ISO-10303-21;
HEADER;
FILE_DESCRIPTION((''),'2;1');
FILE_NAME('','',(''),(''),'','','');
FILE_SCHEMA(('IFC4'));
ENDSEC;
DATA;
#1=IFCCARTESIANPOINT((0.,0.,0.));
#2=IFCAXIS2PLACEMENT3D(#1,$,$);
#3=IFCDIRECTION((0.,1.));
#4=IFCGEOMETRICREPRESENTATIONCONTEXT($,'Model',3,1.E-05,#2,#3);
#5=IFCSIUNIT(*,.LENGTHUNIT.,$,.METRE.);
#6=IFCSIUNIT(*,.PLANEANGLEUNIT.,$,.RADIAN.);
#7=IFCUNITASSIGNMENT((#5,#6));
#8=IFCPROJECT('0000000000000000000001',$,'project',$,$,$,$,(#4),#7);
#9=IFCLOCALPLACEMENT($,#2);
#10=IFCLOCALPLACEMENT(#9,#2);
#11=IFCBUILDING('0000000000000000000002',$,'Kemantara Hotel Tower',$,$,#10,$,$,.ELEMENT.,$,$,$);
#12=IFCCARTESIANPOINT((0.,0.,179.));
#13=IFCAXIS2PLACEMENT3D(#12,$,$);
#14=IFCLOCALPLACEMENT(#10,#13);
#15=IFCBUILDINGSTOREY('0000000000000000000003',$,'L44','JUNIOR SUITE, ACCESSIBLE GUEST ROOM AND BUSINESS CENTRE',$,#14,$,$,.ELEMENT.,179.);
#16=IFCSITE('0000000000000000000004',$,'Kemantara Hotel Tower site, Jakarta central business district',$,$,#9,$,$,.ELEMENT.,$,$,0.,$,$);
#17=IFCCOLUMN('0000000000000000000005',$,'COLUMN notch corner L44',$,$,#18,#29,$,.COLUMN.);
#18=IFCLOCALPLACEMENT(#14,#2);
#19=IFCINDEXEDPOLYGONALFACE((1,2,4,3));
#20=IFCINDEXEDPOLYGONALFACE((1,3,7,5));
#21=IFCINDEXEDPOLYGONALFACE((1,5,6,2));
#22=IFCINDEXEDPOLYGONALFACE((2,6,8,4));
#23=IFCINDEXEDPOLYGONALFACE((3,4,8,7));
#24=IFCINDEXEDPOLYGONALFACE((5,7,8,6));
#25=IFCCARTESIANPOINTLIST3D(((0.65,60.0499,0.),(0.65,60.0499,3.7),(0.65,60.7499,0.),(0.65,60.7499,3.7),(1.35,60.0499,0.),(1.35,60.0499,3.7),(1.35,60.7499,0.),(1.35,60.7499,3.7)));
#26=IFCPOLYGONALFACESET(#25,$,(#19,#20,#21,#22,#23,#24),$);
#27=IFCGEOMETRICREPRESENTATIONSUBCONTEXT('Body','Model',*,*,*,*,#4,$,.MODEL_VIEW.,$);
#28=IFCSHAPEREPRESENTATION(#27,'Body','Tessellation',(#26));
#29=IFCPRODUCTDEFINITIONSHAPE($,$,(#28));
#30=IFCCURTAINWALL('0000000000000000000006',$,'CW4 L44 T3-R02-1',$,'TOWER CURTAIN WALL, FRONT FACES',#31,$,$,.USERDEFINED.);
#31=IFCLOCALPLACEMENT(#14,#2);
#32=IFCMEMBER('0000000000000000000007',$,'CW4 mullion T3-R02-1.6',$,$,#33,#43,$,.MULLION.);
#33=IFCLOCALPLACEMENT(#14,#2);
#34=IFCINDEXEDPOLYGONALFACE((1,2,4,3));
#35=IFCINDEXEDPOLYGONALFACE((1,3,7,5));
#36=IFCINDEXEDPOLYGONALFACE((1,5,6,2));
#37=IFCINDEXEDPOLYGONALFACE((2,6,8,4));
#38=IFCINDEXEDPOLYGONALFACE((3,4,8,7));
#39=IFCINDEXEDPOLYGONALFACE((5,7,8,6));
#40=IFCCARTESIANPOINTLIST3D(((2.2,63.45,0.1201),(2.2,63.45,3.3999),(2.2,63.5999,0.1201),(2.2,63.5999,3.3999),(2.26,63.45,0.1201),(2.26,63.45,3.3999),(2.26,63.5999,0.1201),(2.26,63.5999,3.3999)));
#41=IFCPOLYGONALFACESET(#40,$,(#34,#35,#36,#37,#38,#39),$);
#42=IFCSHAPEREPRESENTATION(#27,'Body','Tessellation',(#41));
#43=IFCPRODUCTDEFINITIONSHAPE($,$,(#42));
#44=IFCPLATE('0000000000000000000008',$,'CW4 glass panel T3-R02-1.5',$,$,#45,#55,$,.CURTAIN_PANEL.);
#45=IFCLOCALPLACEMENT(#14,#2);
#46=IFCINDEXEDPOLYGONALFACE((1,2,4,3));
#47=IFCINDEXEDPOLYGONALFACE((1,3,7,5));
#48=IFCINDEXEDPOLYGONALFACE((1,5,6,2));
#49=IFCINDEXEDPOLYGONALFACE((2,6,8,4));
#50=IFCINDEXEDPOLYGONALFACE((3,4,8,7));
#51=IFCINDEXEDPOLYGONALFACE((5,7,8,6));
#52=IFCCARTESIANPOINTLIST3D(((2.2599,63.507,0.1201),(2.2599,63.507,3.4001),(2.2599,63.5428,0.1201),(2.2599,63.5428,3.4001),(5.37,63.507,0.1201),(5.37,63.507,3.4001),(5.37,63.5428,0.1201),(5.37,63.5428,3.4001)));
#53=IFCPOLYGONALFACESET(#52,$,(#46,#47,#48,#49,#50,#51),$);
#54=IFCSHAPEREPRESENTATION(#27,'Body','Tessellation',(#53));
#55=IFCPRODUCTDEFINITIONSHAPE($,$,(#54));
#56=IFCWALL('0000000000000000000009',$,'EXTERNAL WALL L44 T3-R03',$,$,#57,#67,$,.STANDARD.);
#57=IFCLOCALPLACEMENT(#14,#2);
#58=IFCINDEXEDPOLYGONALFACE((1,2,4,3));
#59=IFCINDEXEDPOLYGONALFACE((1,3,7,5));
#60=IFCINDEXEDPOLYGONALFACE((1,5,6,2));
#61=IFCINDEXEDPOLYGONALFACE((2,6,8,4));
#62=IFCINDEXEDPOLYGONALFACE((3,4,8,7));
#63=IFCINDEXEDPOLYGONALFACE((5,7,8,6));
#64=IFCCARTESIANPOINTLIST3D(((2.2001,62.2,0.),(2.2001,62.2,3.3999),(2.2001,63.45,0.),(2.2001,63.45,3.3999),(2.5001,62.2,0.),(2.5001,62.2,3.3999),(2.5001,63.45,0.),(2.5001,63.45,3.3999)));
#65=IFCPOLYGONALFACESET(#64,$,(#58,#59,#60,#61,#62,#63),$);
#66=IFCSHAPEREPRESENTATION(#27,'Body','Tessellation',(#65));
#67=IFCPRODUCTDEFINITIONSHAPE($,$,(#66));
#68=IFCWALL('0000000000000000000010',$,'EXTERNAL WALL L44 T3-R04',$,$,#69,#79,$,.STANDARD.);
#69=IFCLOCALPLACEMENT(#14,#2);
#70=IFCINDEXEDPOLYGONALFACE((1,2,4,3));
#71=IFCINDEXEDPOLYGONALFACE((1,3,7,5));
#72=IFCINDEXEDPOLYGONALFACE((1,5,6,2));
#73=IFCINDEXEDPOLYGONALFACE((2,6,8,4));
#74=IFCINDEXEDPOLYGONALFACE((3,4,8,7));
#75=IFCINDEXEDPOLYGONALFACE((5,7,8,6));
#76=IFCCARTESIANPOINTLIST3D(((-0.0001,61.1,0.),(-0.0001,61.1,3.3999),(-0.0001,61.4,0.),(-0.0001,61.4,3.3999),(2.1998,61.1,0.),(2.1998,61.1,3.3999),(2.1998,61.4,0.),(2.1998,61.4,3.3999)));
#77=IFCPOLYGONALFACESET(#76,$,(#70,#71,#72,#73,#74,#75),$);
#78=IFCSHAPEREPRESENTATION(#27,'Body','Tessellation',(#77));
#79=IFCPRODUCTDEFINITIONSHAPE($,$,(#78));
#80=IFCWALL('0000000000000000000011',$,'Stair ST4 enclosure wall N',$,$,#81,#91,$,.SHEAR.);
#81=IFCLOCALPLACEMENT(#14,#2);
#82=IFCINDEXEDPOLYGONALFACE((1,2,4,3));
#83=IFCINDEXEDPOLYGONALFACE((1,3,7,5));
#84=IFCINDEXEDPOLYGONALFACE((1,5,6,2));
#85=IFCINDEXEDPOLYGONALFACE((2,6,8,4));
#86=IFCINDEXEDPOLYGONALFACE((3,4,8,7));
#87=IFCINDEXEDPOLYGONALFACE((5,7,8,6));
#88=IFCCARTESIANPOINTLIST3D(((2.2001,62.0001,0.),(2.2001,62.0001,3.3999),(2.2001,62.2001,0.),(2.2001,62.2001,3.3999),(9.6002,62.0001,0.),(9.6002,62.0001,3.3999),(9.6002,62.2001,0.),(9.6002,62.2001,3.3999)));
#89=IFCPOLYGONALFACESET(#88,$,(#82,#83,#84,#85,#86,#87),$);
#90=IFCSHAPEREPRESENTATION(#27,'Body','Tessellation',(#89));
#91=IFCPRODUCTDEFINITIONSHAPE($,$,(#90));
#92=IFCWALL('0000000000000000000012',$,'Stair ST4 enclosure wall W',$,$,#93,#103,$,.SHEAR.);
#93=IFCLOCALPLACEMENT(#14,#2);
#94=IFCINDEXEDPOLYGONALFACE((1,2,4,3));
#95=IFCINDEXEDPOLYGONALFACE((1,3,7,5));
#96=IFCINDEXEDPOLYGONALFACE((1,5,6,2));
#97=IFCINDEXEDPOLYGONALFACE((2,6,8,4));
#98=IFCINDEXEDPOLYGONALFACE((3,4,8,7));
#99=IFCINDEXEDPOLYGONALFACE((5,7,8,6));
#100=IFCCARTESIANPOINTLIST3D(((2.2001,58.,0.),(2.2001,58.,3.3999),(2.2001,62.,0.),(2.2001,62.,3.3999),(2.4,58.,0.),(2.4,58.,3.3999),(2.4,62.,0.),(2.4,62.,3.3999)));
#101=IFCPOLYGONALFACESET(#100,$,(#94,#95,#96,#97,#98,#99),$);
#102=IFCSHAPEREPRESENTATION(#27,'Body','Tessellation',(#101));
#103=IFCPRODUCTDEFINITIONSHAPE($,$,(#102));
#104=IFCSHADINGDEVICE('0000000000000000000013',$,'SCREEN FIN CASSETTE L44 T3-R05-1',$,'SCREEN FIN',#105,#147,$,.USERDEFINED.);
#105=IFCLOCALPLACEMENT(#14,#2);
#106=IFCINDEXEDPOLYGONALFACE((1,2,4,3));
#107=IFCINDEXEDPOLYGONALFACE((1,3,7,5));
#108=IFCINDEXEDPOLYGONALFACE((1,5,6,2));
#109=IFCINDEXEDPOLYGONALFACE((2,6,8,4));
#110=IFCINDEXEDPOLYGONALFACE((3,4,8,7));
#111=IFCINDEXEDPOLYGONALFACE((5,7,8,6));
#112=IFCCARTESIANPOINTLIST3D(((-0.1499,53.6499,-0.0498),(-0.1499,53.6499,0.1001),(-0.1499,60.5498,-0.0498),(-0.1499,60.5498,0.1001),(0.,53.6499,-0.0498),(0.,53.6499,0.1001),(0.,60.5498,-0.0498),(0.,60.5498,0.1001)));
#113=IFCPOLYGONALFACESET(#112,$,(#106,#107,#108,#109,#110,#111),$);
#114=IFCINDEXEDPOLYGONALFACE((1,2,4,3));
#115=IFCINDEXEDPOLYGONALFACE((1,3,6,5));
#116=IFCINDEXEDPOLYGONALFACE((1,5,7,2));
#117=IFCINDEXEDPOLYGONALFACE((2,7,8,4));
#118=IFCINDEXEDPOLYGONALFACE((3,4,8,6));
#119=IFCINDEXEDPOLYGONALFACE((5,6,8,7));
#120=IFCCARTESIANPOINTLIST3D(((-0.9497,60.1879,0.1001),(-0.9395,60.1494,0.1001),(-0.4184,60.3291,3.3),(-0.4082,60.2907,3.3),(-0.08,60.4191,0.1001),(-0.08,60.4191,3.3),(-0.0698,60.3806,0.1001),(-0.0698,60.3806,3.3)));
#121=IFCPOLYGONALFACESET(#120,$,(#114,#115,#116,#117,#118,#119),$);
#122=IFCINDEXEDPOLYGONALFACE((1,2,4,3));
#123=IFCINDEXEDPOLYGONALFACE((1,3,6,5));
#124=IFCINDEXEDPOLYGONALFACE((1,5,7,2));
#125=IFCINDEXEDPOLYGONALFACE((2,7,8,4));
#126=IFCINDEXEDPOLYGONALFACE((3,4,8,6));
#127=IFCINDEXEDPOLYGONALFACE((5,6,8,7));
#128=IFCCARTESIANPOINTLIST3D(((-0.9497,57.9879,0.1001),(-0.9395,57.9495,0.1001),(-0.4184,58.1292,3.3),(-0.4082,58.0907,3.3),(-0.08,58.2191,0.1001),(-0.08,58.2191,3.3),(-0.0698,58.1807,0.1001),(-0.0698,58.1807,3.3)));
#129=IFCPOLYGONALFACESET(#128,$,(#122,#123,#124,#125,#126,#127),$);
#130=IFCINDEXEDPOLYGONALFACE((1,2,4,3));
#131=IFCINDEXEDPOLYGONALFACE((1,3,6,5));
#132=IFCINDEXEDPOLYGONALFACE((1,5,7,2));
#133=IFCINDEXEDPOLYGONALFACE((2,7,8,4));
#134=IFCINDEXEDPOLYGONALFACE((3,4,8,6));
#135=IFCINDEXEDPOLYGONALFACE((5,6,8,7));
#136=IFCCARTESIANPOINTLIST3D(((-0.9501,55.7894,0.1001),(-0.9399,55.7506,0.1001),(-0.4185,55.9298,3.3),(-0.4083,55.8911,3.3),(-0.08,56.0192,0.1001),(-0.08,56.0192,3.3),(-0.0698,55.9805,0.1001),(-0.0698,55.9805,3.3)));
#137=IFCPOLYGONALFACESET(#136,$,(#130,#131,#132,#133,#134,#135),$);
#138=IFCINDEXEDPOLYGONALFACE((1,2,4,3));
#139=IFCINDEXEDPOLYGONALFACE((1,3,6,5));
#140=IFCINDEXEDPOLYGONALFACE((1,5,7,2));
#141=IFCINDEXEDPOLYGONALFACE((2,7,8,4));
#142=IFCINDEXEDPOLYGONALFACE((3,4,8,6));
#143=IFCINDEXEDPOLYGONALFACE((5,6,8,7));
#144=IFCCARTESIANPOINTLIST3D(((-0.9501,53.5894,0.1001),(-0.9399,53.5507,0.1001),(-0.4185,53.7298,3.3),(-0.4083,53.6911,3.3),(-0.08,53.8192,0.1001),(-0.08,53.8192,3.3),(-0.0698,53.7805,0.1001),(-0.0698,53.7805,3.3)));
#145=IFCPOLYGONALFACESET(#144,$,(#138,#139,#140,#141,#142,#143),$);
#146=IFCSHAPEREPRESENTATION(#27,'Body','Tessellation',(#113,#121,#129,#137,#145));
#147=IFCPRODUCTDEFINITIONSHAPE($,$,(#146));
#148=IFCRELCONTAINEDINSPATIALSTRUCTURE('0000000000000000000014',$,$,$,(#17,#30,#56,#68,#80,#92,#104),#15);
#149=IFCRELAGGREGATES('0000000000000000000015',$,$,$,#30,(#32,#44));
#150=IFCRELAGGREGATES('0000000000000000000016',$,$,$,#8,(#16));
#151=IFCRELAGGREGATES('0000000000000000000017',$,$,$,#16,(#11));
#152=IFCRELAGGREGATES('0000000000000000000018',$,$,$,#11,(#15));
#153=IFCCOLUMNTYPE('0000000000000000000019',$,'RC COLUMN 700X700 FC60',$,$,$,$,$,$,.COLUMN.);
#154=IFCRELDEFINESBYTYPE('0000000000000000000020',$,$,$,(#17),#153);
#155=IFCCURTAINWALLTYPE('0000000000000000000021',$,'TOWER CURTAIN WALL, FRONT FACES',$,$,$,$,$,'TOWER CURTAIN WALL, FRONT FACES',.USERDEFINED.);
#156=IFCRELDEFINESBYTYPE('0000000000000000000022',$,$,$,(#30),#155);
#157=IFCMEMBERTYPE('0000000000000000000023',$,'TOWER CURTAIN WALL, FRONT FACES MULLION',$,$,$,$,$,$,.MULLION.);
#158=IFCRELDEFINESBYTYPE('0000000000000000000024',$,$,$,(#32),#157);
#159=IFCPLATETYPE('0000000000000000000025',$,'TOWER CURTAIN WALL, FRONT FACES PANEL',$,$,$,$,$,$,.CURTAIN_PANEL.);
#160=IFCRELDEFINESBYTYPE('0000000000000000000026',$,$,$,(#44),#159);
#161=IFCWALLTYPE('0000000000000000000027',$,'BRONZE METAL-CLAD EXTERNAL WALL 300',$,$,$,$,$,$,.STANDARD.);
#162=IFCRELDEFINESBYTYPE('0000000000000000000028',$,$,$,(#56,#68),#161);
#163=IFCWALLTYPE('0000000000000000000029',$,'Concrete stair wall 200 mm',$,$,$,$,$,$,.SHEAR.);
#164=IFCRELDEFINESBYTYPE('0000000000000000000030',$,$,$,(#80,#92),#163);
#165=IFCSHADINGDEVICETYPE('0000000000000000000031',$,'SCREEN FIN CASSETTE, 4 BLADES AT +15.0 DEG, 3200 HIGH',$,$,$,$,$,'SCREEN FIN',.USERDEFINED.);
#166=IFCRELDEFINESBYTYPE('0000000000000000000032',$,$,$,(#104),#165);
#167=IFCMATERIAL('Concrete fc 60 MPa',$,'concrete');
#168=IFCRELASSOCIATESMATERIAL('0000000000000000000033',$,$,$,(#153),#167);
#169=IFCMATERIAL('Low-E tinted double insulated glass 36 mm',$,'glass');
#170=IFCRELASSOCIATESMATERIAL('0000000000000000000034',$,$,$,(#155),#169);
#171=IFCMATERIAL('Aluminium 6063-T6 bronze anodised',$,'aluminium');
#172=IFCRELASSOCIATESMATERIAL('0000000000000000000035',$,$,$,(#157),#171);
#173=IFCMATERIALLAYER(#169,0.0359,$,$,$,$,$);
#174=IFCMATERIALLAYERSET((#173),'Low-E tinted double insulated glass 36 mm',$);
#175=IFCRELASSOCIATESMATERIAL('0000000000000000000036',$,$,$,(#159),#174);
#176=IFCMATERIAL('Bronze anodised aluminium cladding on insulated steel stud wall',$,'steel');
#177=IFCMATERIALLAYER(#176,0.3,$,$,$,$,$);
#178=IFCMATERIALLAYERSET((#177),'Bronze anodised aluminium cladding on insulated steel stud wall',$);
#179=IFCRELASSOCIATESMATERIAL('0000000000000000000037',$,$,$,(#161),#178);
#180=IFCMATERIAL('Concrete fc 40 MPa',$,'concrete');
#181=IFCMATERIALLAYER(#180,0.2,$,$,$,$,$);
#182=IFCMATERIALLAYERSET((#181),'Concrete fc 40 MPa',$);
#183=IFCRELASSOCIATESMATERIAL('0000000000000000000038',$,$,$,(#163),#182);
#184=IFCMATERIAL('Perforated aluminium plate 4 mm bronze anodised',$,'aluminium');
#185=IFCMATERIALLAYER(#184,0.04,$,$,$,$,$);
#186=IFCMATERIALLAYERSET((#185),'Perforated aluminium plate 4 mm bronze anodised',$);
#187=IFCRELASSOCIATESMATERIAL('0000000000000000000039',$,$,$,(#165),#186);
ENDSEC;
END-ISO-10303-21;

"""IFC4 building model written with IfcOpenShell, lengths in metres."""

from ifc_helpers import new_model, si_unit, direction, frame, frame_2d, origin, origin_2d, place, context, subcontext, project, spatial, polyline, rectangle, outline, extrude, source, transform, mapped, material, layer, layer_set, material_profile, profile_set, type_object, element, aggregate, save


model = new_model("IFC4")

# Units and contexts
model_context = context("Model", 3, precision=1e-05, world=origin(), true_north=direction((0.0, 1.0)))
body_context = subcontext(model_context, "Body", "Model", "MODEL_VIEW")
ifc_project = project(units=[si_unit("LENGTHUNIT", "METRE"), si_unit("PLANEANGLEUNIT", "RADIAN")], contexts=[model_context])

# Site, building, storey
site_placement = place(None, origin())
site = spatial("IfcSite", under=ifc_project, at=site_placement, Name="Kemantara Hotel Tower site, Jakarta central business district", CompositionType="ELEMENT", RefElevation=0.0)
building_placement = place(site_placement, origin())
building = spatial("IfcBuilding", under=site, at=building_placement, Name="Kemantara Hotel Tower", CompositionType="ELEMENT")
storey_placement = place(building_placement, frame((0.0, 0.0, 179.0)))
storey = spatial("IfcBuildingStorey", under=building, at=storey_placement, Name="L44", Description="JUNIOR SUITE, ACCESSIBLE GUEST ROOM AND BUSINESS CENTRE", CompositionType="ELEMENT", Elevation=179.0)

# Column
ifc_material_1 = material(Name="Concrete fc 60 MPa", Category="concrete")
ifc_material_profile_1 = material_profile(ifc_material_1, rectangle(XDim=0.7, YDim=0.7, at=origin_2d()), Name="RC 700X700")
ifc_profile_set_1 = profile_set([ifc_material_profile_1], Name="Concrete fc 60 MPa")
column_type = type_object("IfcColumnType", Name="RC COLUMN 700X700 FC60", PredefinedType="COLUMN", material=ifc_profile_set_1)
column_placement = place(storey_placement, frame((1.0, 60.3999, 0.0), z_axis=(0.0, 0.0, 1.0), x_axis=(1.0, 0.0, 0.0)))
element("IfcColumn", 1, at=column_placement, inside=storey, type_object=column_type, Name="COLUMN notch corner L44", PredefinedType="COLUMN", context=body_context, shape_type="SweptSolid", body=[
    extrude(rectangle(XDim=0.7, YDim=0.7, at=origin_2d()), origin(), (0.0, 0.0, 1.0), 3.7),
])

# Curtain wall, member, plate
ifc_material_2 = material(Name="Low-E tinted double insulated glass 36 mm", Category="glass")
curtain_wall_type = type_object("IfcCurtainWallType", Name="TOWER CURTAIN WALL, FRONT FACES", ElementType="TOWER CURTAIN WALL, FRONT FACES", PredefinedType="USERDEFINED", material=ifc_material_2)
curtain_wall_placement = place(storey_placement, origin())
curtain_wall = element("IfcCurtainWall", 2, at=curtain_wall_placement, inside=storey, type_object=curtain_wall_type, Name="CW4 L44 T3-R02-1", ObjectType="TOWER CURTAIN WALL, FRONT FACES", PredefinedType="USERDEFINED")
ifc_material_3 = material(Name="Aluminium 6063-T6 bronze anodised", Category="aluminium")
ifc_material_profile_2 = material_profile(ifc_material_3, rectangle(XDim=0.1499, YDim=0.0601, at=origin_2d()), Name="TOWER CURTAIN WALL, FRONT FACES MULLION")
ifc_profile_set_2 = profile_set([ifc_material_profile_2], Name="Aluminium 6063-T6 bronze anodised")
member_type = type_object("IfcMemberType", Name="TOWER CURTAIN WALL, FRONT FACES MULLION", PredefinedType="MULLION", material=ifc_profile_set_2)
shared_shape_1 = source(origin(), body_context, "Body", "SweptSolid", [
    extrude(rectangle(XDim=0.1499, YDim=0.0601, at=origin_2d()), origin(), (0.0, 0.0, 1.0), 3.2798),
])
member_placement = place(storey_placement, frame((2.23, 63.5249, 0.1201), z_axis=(0.0, 0.0, 1.0), x_axis=(0.0, -1.0, 0.0)))
member = element("IfcMember", 3, at=member_placement, type_object=member_type, Name="CW4 mullion T3-R02-1.6", PredefinedType="MULLION", context=body_context, shape_type="MappedRepresentation", body=[
    mapped(shared_shape_1, transform((0.0, 0.0, 0.0))),
])
ifc_layer_1 = layer(ifc_material_2, 0.0359)
ifc_layer_set_1 = layer_set([ifc_layer_1], Name="Low-E tinted double insulated glass 36 mm")
plate_type = type_object("IfcPlateType", Name="TOWER CURTAIN WALL, FRONT FACES PANEL", PredefinedType="CURTAIN_PANEL", material=ifc_layer_set_1)
shared_shape_2 = source(origin(), body_context, "Body", "SweptSolid", [
    extrude(rectangle(XDim=3.1101, YDim=0.0359, at=origin_2d()), origin(), (0.0, 0.0, 1.0), 3.28),
])
plate_placement = place(storey_placement, frame((3.8149, 63.5249, 0.1201), z_axis=(0.0, 0.0, 1.0), x_axis=(-1.0, 0.0, 0.0)))
plate = element("IfcPlate", 4, at=plate_placement, type_object=plate_type, Name="CW4 glass panel T3-R02-1.5", PredefinedType="CURTAIN_PANEL", context=body_context, shape_type="MappedRepresentation", body=[
    mapped(shared_shape_2, transform((0.0, 0.0, 0.0))),
])
aggregate(curtain_wall, [member, plate])

# Walls
ifc_material_4 = material(Name="Bronze anodised aluminium cladding on insulated steel stud wall", Category="steel")
ifc_layer_2 = layer(ifc_material_4, 0.3)
ifc_layer_set_2 = layer_set([ifc_layer_2], Name="Bronze anodised aluminium cladding on insulated steel stud wall")
wall_type_1 = type_object("IfcWallType", Name="BRONZE METAL-CLAD EXTERNAL WALL 300", PredefinedType="STANDARD", material=ifc_layer_set_2)
wall_1_placement = place(storey_placement, frame((2.3501, 63.45, 0.0), z_axis=(0.0, 0.0, 1.0), x_axis=(0.0, -1.0, 0.0)))
element("IfcWall", 5, at=wall_1_placement, inside=storey, type_object=wall_type_1, Name="EXTERNAL WALL L44 T3-R03", PredefinedType="STANDARD", context=body_context, shape_type="SweptSolid", body=[
    extrude(rectangle(XDim=1.25, YDim=0.3, at=frame_2d((0.625, 0.0))), origin(), (0.0, 0.0, 1.0), 3.3999),
])
wall_2_placement = place(storey_placement, frame((2.2, 61.25, 0.0), z_axis=(0.0, 0.0, 1.0), x_axis=(-1.0, 0.0, 0.0)))
element("IfcWall", 6, at=wall_2_placement, inside=storey, type_object=wall_type_1, Name="EXTERNAL WALL L44 T3-R04", PredefinedType="STANDARD", context=body_context, shape_type="SweptSolid", body=[
    extrude(rectangle(XDim=2.2, YDim=0.3, at=frame_2d((1.1001, 0.0))), origin(), (0.0, 0.0, 1.0), 3.3999),
])

# Walls
ifc_material_5 = material(Name="Concrete fc 40 MPa", Category="concrete")
ifc_layer_3 = layer(ifc_material_5, 0.2)
ifc_layer_set_3 = layer_set([ifc_layer_3], Name="Concrete fc 40 MPa")
wall_type_2 = type_object("IfcWallType", Name="Concrete stair wall 200 mm", PredefinedType="SHEAR", material=ifc_layer_set_3)
wall_3_placement = place(storey_placement, frame((2.2, 62.1001, 0.0), z_axis=(0.0, 0.0, 1.0), x_axis=(1.0, 0.0, 0.0)))
element("IfcWall", 7, at=wall_3_placement, inside=storey, type_object=wall_type_2, Name="Stair ST4 enclosure wall N", PredefinedType="SHEAR", context=body_context, shape_type="SweptSolid", body=[
    extrude(rectangle(XDim=7.4001, YDim=0.2, at=frame_2d((3.7002, 0.0))), origin(), (0.0, 0.0, 1.0), 3.3999),
])
wall_4_placement = place(storey_placement, frame((2.3, 58.0, 0.0), z_axis=(0.0, 0.0, 1.0), x_axis=(0.0, 1.0, 0.0)))
element("IfcWall", 8, at=wall_4_placement, inside=storey, type_object=wall_type_2, Name="Stair ST4 enclosure wall W", PredefinedType="SHEAR", context=body_context, shape_type="SweptSolid", body=[
    extrude(rectangle(XDim=4.0, YDim=0.2, at=frame_2d((2.0, 0.0))), origin(), (0.0, 0.0, 1.0), 3.3999),
])

# Shading device
ifc_material_6 = material(Name="Perforated aluminium plate 4 mm bronze anodised", Category="aluminium")
ifc_layer_4 = layer(ifc_material_6, 0.04)
ifc_layer_set_4 = layer_set([ifc_layer_4], Name="Perforated aluminium plate 4 mm bronze anodised")
shading_device_type = type_object("IfcShadingDeviceType", Name="SCREEN FIN CASSETTE, 4 BLADES AT +15.0 DEG, 3200 HIGH", ElementType="SCREEN FIN", PredefinedType="USERDEFINED", material=ifc_layer_set_4)
shared_shape_3 = source(origin(), body_context, "Body", "SweptSolid", [
    extrude(rectangle(XDim=6.8999, YDim=0.1499, at=origin_2d()), frame((3.3, -0.075, -0.1499), z_axis=(0.0, 0.0, 1.0), x_axis=(1.0, 0.0, 0.0)), (0.0, 0.0, 1.0), 0.1499),
    extrude(outline(polyline([(0.0, 0.0), (0.8999, 0.0), (0.3501, 3.2), (0.0, 3.2), (0.0, 0.0)])), frame((0.0193, -0.0698, 0.0), z_axis=(-0.966438, -0.256901, 0.0), x_axis=(0.256901, -0.966438, 0.0)), (0.0, 0.0, 1.0), 0.0398),
    extrude(outline(polyline([(0.0, 0.0), (0.8999, 0.0), (0.3501, 3.2), (0.0, 3.2), (0.0, 0.0)])), frame((2.2192, -0.0698, 0.0), z_axis=(-0.966438, -0.256901, 0.0), x_axis=(0.256901, -0.966438, 0.0)), (0.0, 0.0, 1.0), 0.0398),
    extrude(outline(polyline([(0.0, 0.0), (0.8999, 0.0), (0.3501, 3.2), (0.0, 3.2), (0.0, 0.0)])), frame((4.4194, -0.0698, 0.0), z_axis=(-0.966838, -0.255391, 0.0), x_axis=(0.255391, -0.966838, 0.0)), (0.0, 0.0, 1.0), 0.04),
    extrude(outline(polyline([(0.0, 0.0), (0.8999, 0.0), (0.3501, 3.2), (0.0, 3.2), (0.0, 0.0)])), frame((6.6194, -0.0698, 0.0), z_axis=(-0.966838, -0.255391, 0.0), x_axis=(0.255391, -0.966838, 0.0)), (0.0, 0.0, 1.0), 0.04),
])
shading_device_placement = place(storey_placement, frame((0.0, 60.3999, 0.1001), z_axis=(0.0, 0.0, 1.0), x_axis=(0.0, -1.0, 0.0)))
element("IfcShadingDevice", 9, at=shading_device_placement, inside=storey, type_object=shading_device_type, Name="SCREEN FIN CASSETTE L44 T3-R05-1", ObjectType="SCREEN FIN", PredefinedType="USERDEFINED", context=body_context, shape_type="MappedRepresentation", body=[
    mapped(shared_shape_3, transform((0.0, 0.0, 0.0))),
])

save(model, "model.ifc")
